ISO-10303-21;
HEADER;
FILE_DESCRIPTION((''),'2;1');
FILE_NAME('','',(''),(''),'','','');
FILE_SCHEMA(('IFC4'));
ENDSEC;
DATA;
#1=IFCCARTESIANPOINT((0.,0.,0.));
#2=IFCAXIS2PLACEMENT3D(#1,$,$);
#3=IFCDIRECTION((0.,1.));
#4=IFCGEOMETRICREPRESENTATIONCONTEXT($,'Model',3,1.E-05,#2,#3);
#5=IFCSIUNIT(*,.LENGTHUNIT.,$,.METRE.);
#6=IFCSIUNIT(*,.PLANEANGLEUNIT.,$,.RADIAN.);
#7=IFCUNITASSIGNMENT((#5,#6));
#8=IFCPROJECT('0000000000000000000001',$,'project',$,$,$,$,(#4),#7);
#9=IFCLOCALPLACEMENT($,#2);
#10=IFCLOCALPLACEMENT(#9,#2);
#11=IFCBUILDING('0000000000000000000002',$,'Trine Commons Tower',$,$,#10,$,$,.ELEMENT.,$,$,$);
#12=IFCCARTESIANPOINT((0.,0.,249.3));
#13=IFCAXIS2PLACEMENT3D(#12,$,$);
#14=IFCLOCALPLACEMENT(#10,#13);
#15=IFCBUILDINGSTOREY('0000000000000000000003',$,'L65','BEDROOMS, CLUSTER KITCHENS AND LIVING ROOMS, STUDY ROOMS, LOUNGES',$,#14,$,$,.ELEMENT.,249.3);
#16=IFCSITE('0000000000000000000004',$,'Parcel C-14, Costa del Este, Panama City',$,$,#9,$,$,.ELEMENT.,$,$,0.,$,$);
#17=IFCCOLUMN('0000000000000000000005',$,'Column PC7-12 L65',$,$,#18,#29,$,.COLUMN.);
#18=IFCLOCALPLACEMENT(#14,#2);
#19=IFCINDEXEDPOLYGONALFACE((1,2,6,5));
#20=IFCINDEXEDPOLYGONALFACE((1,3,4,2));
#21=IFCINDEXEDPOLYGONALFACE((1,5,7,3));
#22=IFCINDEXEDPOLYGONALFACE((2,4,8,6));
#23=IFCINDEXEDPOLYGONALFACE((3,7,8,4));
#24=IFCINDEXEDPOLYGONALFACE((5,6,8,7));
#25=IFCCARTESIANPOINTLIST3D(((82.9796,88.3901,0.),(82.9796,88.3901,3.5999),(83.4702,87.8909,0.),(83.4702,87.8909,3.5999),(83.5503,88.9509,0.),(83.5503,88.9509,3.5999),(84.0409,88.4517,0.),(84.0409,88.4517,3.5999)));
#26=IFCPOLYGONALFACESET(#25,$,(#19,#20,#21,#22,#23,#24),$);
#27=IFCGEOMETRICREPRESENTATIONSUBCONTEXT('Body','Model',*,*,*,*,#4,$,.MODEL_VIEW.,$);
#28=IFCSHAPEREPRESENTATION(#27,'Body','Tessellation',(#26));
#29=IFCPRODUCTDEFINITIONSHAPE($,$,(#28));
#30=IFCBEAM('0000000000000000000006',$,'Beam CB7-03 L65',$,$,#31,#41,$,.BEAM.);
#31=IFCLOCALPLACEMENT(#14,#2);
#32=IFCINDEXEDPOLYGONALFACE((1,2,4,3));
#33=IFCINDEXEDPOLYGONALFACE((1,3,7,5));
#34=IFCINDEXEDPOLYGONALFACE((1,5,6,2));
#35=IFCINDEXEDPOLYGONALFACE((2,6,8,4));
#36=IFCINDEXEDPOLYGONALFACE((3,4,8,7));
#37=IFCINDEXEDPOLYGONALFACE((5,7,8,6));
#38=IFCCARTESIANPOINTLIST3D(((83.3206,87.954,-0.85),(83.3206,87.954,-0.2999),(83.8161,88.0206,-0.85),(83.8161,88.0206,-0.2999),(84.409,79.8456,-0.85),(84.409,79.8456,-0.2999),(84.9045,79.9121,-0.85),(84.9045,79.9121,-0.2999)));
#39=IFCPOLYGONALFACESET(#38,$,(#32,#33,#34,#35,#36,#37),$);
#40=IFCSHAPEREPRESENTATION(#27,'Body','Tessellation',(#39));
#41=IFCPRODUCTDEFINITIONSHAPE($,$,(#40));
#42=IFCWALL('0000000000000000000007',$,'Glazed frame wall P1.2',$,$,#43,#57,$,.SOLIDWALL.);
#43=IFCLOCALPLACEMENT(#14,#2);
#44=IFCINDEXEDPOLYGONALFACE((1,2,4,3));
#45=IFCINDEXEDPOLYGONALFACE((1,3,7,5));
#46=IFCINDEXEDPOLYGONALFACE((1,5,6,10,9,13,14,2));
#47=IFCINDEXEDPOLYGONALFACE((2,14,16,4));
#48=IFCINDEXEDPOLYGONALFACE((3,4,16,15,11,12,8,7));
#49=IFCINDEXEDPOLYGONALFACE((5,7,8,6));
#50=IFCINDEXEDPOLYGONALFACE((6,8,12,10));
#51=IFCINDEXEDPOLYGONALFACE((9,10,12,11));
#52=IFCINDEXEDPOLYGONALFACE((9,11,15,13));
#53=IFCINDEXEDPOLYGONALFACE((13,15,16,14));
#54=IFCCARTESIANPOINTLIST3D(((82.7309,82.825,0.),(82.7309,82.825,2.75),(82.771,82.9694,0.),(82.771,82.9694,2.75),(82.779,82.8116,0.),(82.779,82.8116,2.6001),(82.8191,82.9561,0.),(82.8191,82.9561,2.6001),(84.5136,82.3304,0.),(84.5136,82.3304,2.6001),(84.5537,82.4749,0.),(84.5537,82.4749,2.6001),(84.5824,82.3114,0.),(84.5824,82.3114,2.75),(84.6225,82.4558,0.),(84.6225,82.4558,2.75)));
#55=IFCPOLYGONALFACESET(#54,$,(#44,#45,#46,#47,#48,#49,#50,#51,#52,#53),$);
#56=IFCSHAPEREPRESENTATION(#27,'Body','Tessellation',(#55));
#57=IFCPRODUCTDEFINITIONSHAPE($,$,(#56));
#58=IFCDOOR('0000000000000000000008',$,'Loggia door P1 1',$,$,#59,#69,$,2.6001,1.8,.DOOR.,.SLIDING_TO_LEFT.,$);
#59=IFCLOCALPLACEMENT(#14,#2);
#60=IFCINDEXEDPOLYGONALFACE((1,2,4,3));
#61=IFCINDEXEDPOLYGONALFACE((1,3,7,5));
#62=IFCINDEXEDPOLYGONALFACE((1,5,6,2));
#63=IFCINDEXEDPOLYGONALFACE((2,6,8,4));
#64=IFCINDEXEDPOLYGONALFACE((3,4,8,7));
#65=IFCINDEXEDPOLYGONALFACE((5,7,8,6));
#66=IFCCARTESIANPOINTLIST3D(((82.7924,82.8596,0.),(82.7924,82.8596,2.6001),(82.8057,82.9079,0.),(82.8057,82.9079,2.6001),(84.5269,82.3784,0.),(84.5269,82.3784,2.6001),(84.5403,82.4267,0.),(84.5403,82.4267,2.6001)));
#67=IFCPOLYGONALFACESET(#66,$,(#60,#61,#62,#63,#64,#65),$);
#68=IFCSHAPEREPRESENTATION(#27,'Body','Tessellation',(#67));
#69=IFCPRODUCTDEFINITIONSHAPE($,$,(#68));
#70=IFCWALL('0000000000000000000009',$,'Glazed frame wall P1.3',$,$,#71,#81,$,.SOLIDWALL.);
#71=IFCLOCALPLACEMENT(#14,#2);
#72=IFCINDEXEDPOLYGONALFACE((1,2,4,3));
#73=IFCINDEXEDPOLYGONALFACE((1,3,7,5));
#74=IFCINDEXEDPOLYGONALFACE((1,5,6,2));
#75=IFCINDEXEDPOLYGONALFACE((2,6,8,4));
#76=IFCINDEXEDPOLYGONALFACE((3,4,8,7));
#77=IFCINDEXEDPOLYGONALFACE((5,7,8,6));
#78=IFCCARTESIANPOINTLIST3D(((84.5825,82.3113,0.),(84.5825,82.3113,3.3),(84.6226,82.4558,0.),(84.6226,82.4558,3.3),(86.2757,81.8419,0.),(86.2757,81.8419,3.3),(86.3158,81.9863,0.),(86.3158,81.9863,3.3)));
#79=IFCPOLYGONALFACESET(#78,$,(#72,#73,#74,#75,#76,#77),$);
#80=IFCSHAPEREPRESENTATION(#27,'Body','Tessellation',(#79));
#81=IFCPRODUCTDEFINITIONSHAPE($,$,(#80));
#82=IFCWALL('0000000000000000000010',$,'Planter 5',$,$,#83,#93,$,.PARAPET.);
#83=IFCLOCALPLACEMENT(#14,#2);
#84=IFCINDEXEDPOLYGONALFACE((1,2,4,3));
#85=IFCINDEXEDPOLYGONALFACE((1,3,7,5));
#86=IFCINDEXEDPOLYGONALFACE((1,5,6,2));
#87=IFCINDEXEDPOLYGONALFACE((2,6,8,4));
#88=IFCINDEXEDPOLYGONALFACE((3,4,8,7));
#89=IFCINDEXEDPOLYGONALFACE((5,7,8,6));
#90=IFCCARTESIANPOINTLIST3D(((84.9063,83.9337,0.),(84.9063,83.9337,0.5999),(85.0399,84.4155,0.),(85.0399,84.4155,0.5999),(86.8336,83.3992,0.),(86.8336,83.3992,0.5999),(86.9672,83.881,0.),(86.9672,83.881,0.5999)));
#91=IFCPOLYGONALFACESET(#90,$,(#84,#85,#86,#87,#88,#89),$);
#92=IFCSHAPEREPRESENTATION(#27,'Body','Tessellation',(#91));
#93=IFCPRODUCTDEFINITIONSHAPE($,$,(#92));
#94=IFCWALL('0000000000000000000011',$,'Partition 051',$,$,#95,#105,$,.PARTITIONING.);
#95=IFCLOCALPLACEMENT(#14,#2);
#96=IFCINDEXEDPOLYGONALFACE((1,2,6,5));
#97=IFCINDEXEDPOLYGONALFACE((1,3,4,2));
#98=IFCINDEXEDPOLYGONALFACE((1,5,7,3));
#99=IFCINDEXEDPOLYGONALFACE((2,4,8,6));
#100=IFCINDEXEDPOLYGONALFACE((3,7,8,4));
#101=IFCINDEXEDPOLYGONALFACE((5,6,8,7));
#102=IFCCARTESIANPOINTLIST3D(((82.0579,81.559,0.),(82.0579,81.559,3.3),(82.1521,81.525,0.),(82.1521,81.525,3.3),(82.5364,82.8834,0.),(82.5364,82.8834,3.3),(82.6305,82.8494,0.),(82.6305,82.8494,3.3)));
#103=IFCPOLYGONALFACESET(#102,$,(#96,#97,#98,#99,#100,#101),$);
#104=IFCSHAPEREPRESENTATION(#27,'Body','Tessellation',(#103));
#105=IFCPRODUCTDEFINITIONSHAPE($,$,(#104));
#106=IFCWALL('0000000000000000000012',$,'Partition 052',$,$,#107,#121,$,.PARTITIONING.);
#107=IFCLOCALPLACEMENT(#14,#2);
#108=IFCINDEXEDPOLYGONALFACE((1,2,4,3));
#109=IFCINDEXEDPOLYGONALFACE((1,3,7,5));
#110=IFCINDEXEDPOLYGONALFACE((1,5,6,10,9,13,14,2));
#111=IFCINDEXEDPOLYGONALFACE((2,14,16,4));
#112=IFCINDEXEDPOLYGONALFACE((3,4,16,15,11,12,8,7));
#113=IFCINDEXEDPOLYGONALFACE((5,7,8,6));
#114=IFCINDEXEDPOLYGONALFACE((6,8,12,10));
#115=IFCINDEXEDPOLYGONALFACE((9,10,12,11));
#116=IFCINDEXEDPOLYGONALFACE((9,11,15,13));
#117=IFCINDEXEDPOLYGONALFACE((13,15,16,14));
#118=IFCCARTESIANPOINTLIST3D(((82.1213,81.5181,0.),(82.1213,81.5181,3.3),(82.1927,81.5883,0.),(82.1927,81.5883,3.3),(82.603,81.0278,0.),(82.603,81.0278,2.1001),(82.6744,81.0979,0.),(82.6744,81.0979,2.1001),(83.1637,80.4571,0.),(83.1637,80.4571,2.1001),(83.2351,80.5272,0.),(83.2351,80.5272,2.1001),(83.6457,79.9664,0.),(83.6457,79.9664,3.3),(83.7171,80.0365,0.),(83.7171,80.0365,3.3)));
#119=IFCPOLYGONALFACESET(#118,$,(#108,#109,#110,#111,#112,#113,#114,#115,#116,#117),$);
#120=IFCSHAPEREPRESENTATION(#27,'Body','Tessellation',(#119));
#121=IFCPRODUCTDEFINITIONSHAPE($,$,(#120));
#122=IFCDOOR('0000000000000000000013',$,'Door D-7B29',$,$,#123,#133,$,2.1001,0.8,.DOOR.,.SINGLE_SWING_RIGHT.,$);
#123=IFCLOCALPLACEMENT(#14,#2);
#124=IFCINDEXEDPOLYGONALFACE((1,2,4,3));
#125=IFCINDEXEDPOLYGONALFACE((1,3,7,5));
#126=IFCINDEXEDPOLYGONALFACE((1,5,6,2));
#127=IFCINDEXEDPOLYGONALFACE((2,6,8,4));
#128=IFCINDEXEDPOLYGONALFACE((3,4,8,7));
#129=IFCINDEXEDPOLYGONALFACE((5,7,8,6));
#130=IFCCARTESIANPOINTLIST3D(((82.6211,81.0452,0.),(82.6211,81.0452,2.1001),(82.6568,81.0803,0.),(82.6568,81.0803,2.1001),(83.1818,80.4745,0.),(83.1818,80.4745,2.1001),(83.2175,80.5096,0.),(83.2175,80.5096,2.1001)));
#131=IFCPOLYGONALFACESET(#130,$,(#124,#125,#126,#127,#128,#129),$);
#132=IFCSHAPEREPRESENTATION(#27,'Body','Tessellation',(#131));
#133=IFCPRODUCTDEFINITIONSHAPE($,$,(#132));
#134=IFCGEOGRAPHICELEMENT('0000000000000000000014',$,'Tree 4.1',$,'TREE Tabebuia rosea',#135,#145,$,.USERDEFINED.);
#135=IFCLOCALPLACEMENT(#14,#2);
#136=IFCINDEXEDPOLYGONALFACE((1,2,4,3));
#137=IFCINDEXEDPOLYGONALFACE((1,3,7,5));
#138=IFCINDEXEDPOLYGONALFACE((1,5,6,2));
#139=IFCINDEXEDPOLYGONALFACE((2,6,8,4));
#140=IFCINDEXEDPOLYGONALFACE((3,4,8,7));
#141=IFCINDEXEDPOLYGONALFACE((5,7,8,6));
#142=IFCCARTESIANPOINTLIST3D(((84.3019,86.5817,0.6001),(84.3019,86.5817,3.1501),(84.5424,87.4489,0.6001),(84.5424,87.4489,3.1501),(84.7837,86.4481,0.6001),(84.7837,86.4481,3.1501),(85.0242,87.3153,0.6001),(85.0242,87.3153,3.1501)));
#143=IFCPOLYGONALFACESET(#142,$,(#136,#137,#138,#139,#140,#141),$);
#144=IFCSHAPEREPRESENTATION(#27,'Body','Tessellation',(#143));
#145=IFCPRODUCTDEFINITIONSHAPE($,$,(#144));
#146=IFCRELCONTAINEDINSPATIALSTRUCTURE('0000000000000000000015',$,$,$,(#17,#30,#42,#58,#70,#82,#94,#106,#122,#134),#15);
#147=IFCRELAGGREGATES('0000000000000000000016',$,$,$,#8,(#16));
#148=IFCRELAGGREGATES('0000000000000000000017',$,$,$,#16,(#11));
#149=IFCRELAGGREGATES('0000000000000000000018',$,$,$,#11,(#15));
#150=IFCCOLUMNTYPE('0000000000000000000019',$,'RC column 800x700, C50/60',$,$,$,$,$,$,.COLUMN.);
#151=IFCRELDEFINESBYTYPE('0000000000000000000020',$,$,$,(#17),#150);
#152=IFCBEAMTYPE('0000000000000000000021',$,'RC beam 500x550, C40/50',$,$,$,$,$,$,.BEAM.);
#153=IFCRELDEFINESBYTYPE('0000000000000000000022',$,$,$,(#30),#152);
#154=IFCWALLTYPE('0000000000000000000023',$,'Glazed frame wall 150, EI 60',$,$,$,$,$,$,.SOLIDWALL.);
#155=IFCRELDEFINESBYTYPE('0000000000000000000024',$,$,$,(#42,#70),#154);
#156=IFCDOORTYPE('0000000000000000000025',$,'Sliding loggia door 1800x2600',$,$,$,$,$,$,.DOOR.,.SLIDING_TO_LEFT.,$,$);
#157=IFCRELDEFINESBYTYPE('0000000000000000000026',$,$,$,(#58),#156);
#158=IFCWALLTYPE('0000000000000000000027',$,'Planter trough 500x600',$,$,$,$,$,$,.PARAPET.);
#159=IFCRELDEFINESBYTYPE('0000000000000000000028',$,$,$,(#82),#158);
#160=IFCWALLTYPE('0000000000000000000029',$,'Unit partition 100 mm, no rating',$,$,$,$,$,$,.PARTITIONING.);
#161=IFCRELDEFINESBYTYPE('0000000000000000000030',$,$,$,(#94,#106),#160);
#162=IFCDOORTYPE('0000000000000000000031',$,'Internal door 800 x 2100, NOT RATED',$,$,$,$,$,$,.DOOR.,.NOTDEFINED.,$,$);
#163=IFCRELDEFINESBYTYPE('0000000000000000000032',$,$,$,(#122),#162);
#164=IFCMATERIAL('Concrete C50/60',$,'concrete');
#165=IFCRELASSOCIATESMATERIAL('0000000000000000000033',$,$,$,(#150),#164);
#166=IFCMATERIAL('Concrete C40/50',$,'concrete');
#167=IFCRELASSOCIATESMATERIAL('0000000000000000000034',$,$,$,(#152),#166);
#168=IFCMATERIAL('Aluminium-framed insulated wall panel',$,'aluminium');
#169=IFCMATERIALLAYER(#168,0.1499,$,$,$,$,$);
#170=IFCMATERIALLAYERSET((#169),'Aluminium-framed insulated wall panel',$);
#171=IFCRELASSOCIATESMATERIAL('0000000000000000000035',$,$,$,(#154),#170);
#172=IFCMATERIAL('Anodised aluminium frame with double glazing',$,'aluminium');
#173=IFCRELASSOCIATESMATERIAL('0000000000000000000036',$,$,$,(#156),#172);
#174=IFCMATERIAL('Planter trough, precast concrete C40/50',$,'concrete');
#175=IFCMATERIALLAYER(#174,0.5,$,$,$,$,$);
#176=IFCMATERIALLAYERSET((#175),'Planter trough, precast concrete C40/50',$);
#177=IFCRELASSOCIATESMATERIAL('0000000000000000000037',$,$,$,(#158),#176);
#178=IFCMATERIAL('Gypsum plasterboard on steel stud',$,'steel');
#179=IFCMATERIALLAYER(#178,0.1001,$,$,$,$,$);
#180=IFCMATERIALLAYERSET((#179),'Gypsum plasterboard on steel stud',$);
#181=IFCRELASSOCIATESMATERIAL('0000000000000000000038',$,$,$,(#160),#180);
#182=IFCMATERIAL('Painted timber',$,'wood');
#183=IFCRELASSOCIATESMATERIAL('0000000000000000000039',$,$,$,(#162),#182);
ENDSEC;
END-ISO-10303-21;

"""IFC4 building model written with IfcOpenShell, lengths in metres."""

from ifc_helpers import new_model, si_unit, direction, frame, frame_2d, origin, origin_2d, place, context, subcontext, project, spatial, polyline, rectangle, outline, extrude, material, layer, layer_set, material_profile, profile_set, type_object, element, fill, save


model = new_model("IFC4")

# Units and contexts
model_context = context("Model", 3, precision=1e-05, world=origin(), true_north=direction((0.0, 1.0)))
body_context = subcontext(model_context, "Body", "Model", "MODEL_VIEW")
ifc_project = project(units=[si_unit("LENGTHUNIT", "METRE"), si_unit("PLANEANGLEUNIT", "RADIAN")], contexts=[model_context])

# Site, building, storey
site_placement = place(None, origin())
site = spatial("IfcSite", under=ifc_project, at=site_placement, Name="Parcel C-14, Costa del Este, Panama City", CompositionType="ELEMENT", RefElevation=0.0)
building_placement = place(site_placement, origin())
building = spatial("IfcBuilding", under=site, at=building_placement, Name="Trine Commons Tower", CompositionType="ELEMENT")
storey_placement = place(building_placement, frame((0.0, 0.0, 249.3)))
storey = spatial("IfcBuildingStorey", under=building, at=storey_placement, Name="L65", Description="BEDROOMS, CLUSTER KITCHENS AND LIVING ROOMS, STUDY ROOMS, LOUNGES", CompositionType="ELEMENT", Elevation=249.3)

# Column
ifc_material_1 = material(Name="Concrete C50/60", Category="concrete")
ifc_material_profile_1 = material_profile(ifc_material_1, rectangle(XDim=0.8, YDim=0.7, at=origin_2d()), Name="RC 800x700")
ifc_profile_set_1 = profile_set([ifc_material_profile_1], Name="Concrete C50/60")
column_type = type_object("IfcColumnType", Name="RC column 800x700, C50/60", PredefinedType="COLUMN", material=ifc_profile_set_1)
column_placement = place(storey_placement, frame((83.5103, 88.4209, 0.0), z_axis=(0.0, 0.0, 1.0), x_axis=(0.71325, 0.700909, 0.0)))
element("IfcColumn", 1, at=column_placement, inside=storey, type_object=column_type, Name="Column PC7-12 L65", PredefinedType="COLUMN", context=body_context, shape_type="SweptSolid", body=[
    extrude(rectangle(XDim=0.8, YDim=0.7, at=origin_2d()), origin(), (0.0, 0.0, 1.0), 3.5999),
])

# Beam
ifc_material_2 = material(Name="Concrete C40/50", Category="concrete")
ifc_material_profile_2 = material_profile(ifc_material_2, rectangle(XDim=0.5, YDim=0.55, at=origin_2d()), Name="RC 500x550")
ifc_profile_set_2 = profile_set([ifc_material_profile_2], Name="Concrete C40/50")
beam_type = type_object("IfcBeamType", Name="RC beam 500x550, C40/50", PredefinedType="BEAM", material=ifc_profile_set_2)
beam_placement = place(storey_placement, frame((83.5684, 87.9873, -0.575), z_axis=(0.133035, -0.991111, 0.0), x_axis=(0.991111, 0.133035, 0.0)))
element("IfcBeam", 2, at=beam_placement, inside=storey, type_object=beam_type, Name="Beam CB7-03 L65", PredefinedType="BEAM", context=body_context, shape_type="SweptSolid", body=[
    extrude(rectangle(XDim=0.5, YDim=0.55, at=origin_2d()), origin(), (0.0, 0.0, 1.0), 8.1812),
])

# Shared definitions
ifc_material_3 = material(Name="Aluminium-framed insulated wall panel", Category="aluminium")
ifc_layer_1 = layer(ifc_material_3, 0.1499)
ifc_layer_set_1 = layer_set([ifc_layer_1], Name="Aluminium-framed insulated wall panel")
wall_type_1 = type_object("IfcWallType", Name="Glazed frame wall 150, EI 60", PredefinedType="SOLIDWALL", material=ifc_layer_set_1)

# Wall, opening, door
wall_1_placement = place(storey_placement, frame((82.751, 82.8972, 0.0), z_axis=(0.0, 0.0, 1.0), x_axis=(0.963605, -0.267329, 0.0)))
wall_1 = element("IfcWall", 3, at=wall_1_placement, inside=storey, type_object=wall_type_1, Name="Glazed frame wall P1.2", PredefinedType="SOLIDWALL", context=body_context, shape_type="SweptSolid", body=[
    extrude(outline(polyline([(0.0, -0.075), (1.9214, -0.075), (1.9214, 0.075), (0.0, 0.075), (0.0, -0.075)])), origin(), (0.0, 0.0, 1.0), 2.75),
])
opening_1_placement = place(wall_1_placement, frame((0.05, 0.0, 0.0)))
opening_1 = element("IfcOpeningElement", 4, at=opening_1_placement, cuts=wall_1, PredefinedType="OPENING", context=body_context, shape_type="SweptSolid", body=[
    extrude(rectangle(XDim=1.8, YDim=2.6001, at=frame_2d((0.8999, 1.3))), frame((0.0, 0.085, 0.0), z_axis=(0.0, -1.0, 0.0), x_axis=(1.0, 0.0, 0.0)), (0.0, 0.0, 1.0), 0.1699),
])
ifc_material_4 = material(Name="Anodised aluminium frame with double glazing", Category="aluminium")
door_type_1 = type_object("IfcDoorType", Name="Sliding loggia door 1800x2600", OperationType="SLIDING_TO_LEFT", PredefinedType="DOOR", material=ifc_material_4)
door_1_placement = place(opening_1_placement, origin())
door_1 = element("IfcDoor", 5, at=door_1_placement, inside=storey, type_object=door_type_1, Name="Loggia door P1 1", OperationType="SLIDING_TO_LEFT", OverallHeight=2.6001, OverallWidth=1.8, PredefinedType="DOOR", context=body_context, shape_type="SweptSolid", body=[
    extrude(rectangle(XDim=1.8, YDim=2.6001, at=frame_2d((0.8999, 1.3))), frame((0.0, 0.0249, 0.0), z_axis=(0.0, -1.0, 0.0), x_axis=(1.0, 0.0, 0.0)), (0.0, 0.0, 1.0), 0.05),
])
fill(opening_1, door_1)

# Walls
wall_2_placement = place(storey_placement, frame((84.6025, 82.3835, 0.0), z_axis=(0.0, 0.0, 1.0), x_axis=(0.963649, -0.267171, 0.0)))
element("IfcWall", 6, at=wall_2_placement, inside=storey, type_object=wall_type_1, Name="Glazed frame wall P1.3", PredefinedType="SOLIDWALL", context=body_context, shape_type="SweptSolid", body=[
    extrude(outline(polyline([(0.0, -0.075), (1.7571, -0.075), (1.7571, 0.075), (0.0, 0.075), (0.0, -0.075)])), origin(), (0.0, 0.0, 1.0), 3.3),
])
ifc_material_5 = material(Name="Planter trough, precast concrete C40/50", Category="concrete")
ifc_layer_2 = layer(ifc_material_5, 0.5)
ifc_layer_set_2 = layer_set([ifc_layer_2], Name="Planter trough, precast concrete C40/50")
wall_type_2 = type_object("IfcWallType", Name="Planter trough 500x600", PredefinedType="PARAPET", material=ifc_layer_set_2)
wall_3_placement = place(storey_placement, frame((84.9731, 84.1746, 0.0), z_axis=(0.0, 0.0, 1.0), x_axis=(0.963637, -0.267216, 0.0)))
element("IfcWall", 7, at=wall_3_placement, inside=storey, type_object=wall_type_2, Name="Planter 5", PredefinedType="PARAPET", context=body_context, shape_type="SweptSolid", body=[
    extrude(rectangle(XDim=2.0, YDim=0.5, at=frame_2d((1.0, 0.0))), origin(), (0.0, 0.0, 1.0), 0.5999),
])
ifc_material_6 = material(Name="Gypsum plasterboard on steel stud", Category="steel")
ifc_layer_3 = layer(ifc_material_6, 0.1001)
ifc_layer_set_3 = layer_set([ifc_layer_3], Name="Gypsum plasterboard on steel stud")
wall_type_3 = type_object("IfcWallType", Name="Unit partition 100 mm, no rating", PredefinedType="PARTITIONING", material=ifc_layer_set_3)
wall_4_placement = place(storey_placement, frame((82.105, 81.542, 0.0), z_axis=(0.0, 0.0, 1.0), x_axis=(0.339794, 0.9405, 0.0)))
element("IfcWall", 8, at=wall_4_placement, inside=storey, type_object=wall_type_3, Name="Partition 051", PredefinedType="PARTITIONING", context=body_context, shape_type="SweptSolid", body=[
    extrude(rectangle(XDim=1.4082, YDim=0.1001, at=frame_2d((0.7041, 0.0))), origin(), (0.0, 0.0, 1.0), 3.3),
])

# Wall, opening, door
wall_5_placement = place(storey_placement, frame((82.157, 81.5532, 0.0), z_axis=(0.0, 0.0, 1.0), x_axis=(0.700794, -0.713364, 0.0)))
wall_5 = element("IfcWall", 9, at=wall_5_placement, inside=storey, type_object=wall_type_3, Name="Partition 052", PredefinedType="PARTITIONING", context=body_context, shape_type="SweptSolid", body=[
    extrude(rectangle(XDim=2.1753, YDim=0.1001, at=frame_2d((1.0876, 0.0))), origin(), (0.0, 0.0, 1.0), 3.3),
])
opening_2_placement = place(wall_5_placement, frame((0.6875, 0.0, 0.0)))
opening_2 = element("IfcOpeningElement", 10, at=opening_2_placement, cuts=wall_5, PredefinedType="OPENING", context=body_context, shape_type="SweptSolid", body=[
    extrude(rectangle(XDim=0.8, YDim=2.1001, at=frame_2d((0.3999, 1.05))), frame((0.0, 0.0601, 0.0), z_axis=(0.0, -1.0, 0.0), x_axis=(1.0, 0.0, 0.0)), (0.0, 0.0, 1.0), 0.1201),
])
ifc_material_7 = material(Name="Painted timber", Category="wood")
door_type_2 = type_object("IfcDoorType", Name="Internal door 800 x 2100, NOT RATED", OperationType="NOTDEFINED", PredefinedType="DOOR", material=ifc_material_7)
door_2_placement = place(opening_2_placement, frame((0.8, 0.0, 0.0), z_axis=(0.0, 0.0, 1.0), x_axis=(-1.0, 0.0, 0.0)))
door_2 = element("IfcDoor", 11, at=door_2_placement, inside=storey, type_object=door_type_2, Name="Door D-7B29", OperationType="SINGLE_SWING_RIGHT", OverallHeight=2.1001, OverallWidth=0.8, PredefinedType="DOOR", context=body_context, shape_type="SweptSolid", body=[
    extrude(rectangle(XDim=0.8, YDim=2.1001, at=frame_2d((0.3999, 1.05))), frame((0.0, 0.0249, 0.0), z_axis=(0.0, -1.0, 0.0), x_axis=(1.0, 0.0, 0.0)), (0.0, 0.0, 1.0), 0.05),
])
fill(opening_2, door_2)

# Geographic element
geographic_element_placement = place(storey_placement, frame((84.6631, 86.9485, 0.6001), z_axis=(0.0, 0.0, 1.0), x_axis=(-0.26724, -0.96363, 0.0)))
element("IfcGeographicElement", 12, at=geographic_element_placement, inside=storey, Name="Tree 4.1", ObjectType="TREE Tabebuia rosea", PredefinedType="USERDEFINED", context=body_context, shape_type="SweptSolid", body=[
    extrude(rectangle(XDim=0.8999, YDim=0.5, at=origin_2d()), origin(), (0.0, 0.0, 1.0), 2.55),
])

save(model, "model.ifc")
